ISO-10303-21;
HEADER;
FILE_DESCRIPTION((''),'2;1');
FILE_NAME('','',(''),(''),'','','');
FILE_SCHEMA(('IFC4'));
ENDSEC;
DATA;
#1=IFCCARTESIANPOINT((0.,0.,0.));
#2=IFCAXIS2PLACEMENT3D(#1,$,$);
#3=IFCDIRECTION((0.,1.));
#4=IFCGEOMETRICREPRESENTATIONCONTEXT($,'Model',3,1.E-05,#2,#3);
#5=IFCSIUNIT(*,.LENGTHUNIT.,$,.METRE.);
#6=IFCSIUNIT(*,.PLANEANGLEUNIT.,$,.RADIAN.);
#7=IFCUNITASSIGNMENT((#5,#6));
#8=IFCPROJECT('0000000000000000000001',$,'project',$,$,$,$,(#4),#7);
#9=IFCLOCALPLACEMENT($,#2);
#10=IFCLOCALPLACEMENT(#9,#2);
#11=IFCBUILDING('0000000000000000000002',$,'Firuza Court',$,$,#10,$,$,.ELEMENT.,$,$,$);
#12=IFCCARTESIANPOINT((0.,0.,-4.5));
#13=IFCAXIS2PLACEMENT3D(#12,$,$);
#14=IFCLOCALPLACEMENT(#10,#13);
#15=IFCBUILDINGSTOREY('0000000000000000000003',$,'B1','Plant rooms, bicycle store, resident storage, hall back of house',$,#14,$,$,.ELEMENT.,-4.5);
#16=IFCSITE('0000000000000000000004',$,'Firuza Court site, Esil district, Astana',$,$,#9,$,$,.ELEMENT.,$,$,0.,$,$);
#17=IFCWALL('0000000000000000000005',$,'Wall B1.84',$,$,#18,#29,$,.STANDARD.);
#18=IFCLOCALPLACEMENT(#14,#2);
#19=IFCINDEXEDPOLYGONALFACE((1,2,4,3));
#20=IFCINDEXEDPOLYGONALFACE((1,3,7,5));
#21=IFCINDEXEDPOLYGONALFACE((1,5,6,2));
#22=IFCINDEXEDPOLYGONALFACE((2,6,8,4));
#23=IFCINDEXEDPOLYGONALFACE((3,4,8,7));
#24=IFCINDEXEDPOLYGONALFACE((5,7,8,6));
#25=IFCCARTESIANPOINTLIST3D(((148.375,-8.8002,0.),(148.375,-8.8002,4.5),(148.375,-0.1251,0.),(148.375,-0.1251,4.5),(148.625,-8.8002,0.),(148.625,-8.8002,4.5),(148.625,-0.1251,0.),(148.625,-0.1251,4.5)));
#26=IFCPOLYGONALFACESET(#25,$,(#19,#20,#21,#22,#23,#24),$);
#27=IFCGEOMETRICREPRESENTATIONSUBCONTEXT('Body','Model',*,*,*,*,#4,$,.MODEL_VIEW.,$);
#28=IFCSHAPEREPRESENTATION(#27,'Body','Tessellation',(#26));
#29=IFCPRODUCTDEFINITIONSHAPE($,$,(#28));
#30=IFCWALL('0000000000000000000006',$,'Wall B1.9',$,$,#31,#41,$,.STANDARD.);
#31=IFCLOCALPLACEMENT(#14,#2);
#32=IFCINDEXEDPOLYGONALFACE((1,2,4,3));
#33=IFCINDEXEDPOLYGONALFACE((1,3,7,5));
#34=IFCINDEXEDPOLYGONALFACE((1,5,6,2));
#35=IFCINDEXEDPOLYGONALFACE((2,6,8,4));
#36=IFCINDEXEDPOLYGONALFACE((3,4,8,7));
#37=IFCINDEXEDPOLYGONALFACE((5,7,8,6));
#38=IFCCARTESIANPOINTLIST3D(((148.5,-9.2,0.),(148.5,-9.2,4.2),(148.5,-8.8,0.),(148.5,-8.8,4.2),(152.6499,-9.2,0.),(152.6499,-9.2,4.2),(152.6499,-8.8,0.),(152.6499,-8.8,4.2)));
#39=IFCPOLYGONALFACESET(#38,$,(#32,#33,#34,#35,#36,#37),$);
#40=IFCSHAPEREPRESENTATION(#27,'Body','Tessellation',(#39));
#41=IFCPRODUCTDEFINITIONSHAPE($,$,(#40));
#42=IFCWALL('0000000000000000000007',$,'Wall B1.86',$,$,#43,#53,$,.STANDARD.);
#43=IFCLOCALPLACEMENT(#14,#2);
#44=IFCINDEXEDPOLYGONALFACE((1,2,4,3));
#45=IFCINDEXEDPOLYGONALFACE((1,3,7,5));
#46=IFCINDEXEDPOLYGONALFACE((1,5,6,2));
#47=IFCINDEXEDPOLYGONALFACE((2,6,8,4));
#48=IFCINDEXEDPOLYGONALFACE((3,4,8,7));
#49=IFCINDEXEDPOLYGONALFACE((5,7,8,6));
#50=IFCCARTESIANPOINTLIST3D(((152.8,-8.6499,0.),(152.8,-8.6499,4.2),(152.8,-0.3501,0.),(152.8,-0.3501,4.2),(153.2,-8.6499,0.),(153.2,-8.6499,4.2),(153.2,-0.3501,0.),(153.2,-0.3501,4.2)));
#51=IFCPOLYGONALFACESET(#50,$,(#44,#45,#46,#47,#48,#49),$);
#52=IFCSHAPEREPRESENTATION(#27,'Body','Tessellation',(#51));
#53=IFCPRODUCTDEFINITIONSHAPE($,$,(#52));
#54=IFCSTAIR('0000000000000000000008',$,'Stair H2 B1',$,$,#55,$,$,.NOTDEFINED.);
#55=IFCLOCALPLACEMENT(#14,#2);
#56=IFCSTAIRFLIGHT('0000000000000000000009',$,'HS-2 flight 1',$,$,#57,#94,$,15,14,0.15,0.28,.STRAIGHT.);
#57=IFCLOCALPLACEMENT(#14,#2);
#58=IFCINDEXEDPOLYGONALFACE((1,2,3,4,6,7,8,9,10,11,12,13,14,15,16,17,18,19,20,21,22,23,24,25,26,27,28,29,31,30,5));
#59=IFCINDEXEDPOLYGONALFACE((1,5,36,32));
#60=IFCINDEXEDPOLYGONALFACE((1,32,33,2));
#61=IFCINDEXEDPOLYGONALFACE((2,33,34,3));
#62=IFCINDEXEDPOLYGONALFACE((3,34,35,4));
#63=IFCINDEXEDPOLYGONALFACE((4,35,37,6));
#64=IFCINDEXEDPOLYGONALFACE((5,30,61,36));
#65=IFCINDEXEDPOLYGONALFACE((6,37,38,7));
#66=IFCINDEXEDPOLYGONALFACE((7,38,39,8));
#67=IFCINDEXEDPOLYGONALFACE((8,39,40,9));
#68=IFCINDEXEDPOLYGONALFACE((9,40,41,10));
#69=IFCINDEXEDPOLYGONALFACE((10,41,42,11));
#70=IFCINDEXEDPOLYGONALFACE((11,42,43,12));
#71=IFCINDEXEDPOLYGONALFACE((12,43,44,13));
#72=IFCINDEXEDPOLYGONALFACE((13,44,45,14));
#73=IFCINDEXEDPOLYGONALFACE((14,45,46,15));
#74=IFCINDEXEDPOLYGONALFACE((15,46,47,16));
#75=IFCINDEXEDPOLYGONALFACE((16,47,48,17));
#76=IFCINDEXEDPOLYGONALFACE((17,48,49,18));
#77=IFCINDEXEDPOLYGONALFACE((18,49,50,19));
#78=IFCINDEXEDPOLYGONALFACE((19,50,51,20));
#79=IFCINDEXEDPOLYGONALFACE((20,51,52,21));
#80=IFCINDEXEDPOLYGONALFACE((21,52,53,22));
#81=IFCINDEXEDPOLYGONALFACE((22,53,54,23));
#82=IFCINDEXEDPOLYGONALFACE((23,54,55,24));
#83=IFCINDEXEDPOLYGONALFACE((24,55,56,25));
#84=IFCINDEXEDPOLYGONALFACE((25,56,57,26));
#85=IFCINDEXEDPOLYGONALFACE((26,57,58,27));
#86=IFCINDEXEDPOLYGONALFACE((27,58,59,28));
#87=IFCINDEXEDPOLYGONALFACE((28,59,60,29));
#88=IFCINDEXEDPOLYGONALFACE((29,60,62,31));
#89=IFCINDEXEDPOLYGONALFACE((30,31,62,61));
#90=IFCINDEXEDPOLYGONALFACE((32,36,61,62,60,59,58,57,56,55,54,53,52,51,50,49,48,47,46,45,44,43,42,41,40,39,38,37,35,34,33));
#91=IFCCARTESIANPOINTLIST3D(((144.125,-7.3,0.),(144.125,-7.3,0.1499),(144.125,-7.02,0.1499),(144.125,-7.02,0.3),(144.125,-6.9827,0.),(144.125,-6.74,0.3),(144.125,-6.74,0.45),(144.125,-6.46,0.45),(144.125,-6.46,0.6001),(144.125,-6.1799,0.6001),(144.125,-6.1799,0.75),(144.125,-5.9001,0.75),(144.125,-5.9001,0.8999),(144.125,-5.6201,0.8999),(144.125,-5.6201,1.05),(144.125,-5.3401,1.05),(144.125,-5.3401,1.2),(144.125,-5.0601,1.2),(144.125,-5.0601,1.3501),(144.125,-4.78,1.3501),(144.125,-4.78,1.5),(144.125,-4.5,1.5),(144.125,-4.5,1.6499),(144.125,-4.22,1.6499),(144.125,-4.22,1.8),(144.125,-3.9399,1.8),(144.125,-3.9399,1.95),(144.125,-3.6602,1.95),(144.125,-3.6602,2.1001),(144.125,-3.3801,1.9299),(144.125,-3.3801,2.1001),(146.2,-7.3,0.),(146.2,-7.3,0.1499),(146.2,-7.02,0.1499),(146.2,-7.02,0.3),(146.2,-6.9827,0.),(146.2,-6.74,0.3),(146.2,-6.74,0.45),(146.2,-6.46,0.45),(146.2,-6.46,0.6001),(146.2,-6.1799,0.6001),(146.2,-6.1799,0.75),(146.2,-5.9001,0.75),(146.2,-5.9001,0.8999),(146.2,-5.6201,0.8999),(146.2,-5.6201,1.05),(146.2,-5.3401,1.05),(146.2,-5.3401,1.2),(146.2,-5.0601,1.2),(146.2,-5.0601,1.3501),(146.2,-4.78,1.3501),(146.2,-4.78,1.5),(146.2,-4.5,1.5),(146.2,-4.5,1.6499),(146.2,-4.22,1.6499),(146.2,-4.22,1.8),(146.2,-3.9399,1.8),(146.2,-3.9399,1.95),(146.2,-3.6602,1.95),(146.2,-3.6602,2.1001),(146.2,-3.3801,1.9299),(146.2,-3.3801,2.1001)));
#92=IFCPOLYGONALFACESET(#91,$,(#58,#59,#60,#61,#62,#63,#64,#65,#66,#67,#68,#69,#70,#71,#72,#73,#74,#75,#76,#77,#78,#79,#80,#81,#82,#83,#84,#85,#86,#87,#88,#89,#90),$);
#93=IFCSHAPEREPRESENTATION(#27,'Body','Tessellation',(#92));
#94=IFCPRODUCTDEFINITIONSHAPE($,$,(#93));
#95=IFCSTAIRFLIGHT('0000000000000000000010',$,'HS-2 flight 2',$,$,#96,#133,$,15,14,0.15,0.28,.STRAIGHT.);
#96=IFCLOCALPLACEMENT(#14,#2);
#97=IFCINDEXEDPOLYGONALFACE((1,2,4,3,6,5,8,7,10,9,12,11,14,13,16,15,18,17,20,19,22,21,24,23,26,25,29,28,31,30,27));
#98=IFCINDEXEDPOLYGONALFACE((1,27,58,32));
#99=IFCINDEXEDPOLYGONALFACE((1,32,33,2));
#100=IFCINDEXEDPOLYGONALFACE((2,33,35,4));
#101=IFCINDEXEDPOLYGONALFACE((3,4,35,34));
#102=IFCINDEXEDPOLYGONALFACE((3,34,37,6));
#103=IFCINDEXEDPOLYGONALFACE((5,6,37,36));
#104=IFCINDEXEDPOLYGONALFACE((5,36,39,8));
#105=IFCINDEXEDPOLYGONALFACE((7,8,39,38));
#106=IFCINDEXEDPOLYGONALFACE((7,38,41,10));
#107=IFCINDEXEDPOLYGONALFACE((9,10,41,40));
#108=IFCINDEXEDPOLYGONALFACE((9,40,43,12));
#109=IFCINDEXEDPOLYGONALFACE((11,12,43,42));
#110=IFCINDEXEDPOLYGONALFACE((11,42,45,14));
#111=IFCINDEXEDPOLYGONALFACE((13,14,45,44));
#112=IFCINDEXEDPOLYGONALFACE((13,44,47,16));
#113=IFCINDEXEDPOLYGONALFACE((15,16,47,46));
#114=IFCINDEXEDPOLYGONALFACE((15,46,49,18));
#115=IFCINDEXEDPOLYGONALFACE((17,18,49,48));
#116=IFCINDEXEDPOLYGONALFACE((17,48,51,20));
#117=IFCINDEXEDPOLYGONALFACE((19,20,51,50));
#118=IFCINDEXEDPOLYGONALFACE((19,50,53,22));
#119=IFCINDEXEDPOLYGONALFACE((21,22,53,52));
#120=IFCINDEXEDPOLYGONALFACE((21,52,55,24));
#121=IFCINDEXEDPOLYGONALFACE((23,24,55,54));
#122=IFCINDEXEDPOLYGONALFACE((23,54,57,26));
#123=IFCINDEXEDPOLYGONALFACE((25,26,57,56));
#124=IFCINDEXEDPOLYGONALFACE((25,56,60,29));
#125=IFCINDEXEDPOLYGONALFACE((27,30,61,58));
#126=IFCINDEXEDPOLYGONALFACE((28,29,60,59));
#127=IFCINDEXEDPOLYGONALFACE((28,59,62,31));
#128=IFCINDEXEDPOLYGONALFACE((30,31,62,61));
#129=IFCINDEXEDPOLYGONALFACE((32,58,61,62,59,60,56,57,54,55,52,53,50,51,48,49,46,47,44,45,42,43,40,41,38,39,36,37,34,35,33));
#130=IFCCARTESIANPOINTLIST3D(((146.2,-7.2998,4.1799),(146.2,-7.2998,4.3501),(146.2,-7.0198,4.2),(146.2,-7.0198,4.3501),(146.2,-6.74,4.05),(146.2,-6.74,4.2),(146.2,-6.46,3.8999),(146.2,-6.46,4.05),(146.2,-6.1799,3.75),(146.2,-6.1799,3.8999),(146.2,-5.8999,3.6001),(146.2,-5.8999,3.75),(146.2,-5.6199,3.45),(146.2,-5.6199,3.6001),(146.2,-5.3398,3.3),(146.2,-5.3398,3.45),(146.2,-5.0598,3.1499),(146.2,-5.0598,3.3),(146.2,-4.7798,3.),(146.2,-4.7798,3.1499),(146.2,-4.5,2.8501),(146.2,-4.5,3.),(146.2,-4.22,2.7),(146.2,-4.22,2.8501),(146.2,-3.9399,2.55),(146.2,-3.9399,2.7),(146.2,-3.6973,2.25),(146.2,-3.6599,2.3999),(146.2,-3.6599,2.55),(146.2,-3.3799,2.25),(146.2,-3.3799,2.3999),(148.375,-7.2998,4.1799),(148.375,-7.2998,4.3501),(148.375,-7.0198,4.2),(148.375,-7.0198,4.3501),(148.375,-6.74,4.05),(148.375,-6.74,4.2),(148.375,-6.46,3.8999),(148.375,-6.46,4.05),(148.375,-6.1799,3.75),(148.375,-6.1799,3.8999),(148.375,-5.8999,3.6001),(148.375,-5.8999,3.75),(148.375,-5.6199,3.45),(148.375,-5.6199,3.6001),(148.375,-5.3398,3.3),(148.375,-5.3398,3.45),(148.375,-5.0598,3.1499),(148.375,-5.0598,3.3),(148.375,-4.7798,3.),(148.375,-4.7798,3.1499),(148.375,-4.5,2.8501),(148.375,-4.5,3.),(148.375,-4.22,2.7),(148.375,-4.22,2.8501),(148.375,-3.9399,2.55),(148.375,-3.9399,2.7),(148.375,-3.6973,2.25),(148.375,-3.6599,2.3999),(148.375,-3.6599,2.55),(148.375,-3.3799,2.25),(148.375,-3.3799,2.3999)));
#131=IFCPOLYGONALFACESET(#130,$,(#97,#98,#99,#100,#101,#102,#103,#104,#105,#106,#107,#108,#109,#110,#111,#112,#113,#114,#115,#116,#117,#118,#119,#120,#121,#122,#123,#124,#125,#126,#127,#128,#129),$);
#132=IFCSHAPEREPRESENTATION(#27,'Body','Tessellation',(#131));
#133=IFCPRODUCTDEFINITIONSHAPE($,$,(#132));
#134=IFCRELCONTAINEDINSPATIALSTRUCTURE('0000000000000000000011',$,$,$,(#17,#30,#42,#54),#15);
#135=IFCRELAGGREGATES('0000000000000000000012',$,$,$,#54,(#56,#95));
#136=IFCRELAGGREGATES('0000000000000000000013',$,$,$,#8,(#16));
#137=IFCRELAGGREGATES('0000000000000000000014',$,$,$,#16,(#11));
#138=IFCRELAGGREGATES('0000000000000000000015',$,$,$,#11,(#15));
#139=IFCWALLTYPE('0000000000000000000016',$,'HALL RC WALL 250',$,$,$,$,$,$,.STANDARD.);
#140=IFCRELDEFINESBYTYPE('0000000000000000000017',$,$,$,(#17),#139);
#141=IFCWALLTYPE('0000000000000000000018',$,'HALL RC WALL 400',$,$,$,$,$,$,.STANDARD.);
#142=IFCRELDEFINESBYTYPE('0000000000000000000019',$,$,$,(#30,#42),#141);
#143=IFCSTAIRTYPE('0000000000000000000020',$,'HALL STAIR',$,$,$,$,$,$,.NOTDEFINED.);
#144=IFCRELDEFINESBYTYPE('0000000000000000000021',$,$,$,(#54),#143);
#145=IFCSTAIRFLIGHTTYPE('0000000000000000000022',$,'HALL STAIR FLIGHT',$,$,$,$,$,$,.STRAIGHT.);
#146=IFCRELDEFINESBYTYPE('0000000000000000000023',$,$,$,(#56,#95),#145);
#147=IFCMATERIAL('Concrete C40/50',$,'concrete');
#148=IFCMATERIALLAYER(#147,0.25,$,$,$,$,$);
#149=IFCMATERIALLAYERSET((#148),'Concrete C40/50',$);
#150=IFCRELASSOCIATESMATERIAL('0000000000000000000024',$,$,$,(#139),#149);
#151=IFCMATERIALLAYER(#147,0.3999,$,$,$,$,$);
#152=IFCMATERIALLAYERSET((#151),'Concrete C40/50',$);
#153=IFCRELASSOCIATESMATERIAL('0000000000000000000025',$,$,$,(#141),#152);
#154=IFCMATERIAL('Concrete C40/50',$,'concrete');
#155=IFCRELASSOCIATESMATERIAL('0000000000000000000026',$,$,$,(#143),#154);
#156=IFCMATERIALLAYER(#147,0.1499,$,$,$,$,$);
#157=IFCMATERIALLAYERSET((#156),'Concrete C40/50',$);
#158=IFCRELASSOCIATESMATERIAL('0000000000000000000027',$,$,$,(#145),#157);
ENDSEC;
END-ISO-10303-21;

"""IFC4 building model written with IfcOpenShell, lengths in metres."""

from ifc_helpers import new_model, si_unit, direction, frame, frame_2d, origin, place, context, subcontext, project, spatial, polyline, rectangle, outline, extrude, material, layer, layer_set, type_object, element, aggregate, save


model = new_model("IFC4")

# Units and contexts
model_context = context("Model", 3, precision=1e-05, world=origin(), true_north=direction((0.0, 1.0)))
body_context = subcontext(model_context, "Body", "Model", "MODEL_VIEW")
ifc_project = project(units=[si_unit("LENGTHUNIT", "METRE"), si_unit("PLANEANGLEUNIT", "RADIAN")], contexts=[model_context])

# Site, building, storey
site_placement = place(None, origin())
site = spatial("IfcSite", under=ifc_project, at=site_placement, Name="Firuza Court site, Esil district, Astana", CompositionType="ELEMENT", RefElevation=0.0)
building_placement = place(site_placement, origin())
building = spatial("IfcBuilding", under=site, at=building_placement, Name="Firuza Court", CompositionType="ELEMENT")
storey_placement = place(building_placement, frame((0.0, 0.0, -4.5)))
storey = spatial("IfcBuildingStorey", under=building, at=storey_placement, Name="B1", Description="Plant rooms, bicycle store, resident storage, hall back of house", CompositionType="ELEMENT", Elevation=-4.5)

# Shared definitions
ifc_material_1 = material(Name="Concrete C40/50", Category="concrete")

# Walls
ifc_layer_1 = layer(ifc_material_1, 0.25)
ifc_layer_set_1 = layer_set([ifc_layer_1], Name="Concrete C40/50")
wall_type_1 = type_object("IfcWallType", Name="HALL RC WALL 250", PredefinedType="STANDARD", material=ifc_layer_set_1)
wall_1_placement = place(storey_placement, frame((148.5, -8.8, 0.0), z_axis=(0.0, 0.0, 1.0), x_axis=(0.0, 1.0, 0.0)))
element("IfcWall", 1, at=wall_1_placement, inside=storey, type_object=wall_type_1, Name="Wall B1.84", PredefinedType="STANDARD", context=body_context, shape_type="SweptSolid", body=[
    extrude(rectangle(XDim=8.675, YDim=0.25, at=frame_2d((4.3374, 0.0))), origin(), (0.0, 0.0, 1.0), 4.5),
])
ifc_layer_2 = layer(ifc_material_1, 0.3999)
ifc_layer_set_2 = layer_set([ifc_layer_2], Name="Concrete C40/50")
wall_type_2 = type_object("IfcWallType", Name="HALL RC WALL 400", PredefinedType="STANDARD", material=ifc_layer_set_2)
wall_2_placement = place(storey_placement, frame((148.5, -9.0, 0.0), z_axis=(0.0, 0.0, 1.0), x_axis=(1.0, 0.0, 0.0)))
element("IfcWall", 2, at=wall_2_placement, inside=storey, type_object=wall_type_2, Name="Wall B1.9", PredefinedType="STANDARD", context=body_context, shape_type="SweptSolid", body=[
    extrude(rectangle(XDim=4.1499, YDim=0.3999, at=frame_2d((2.075, 0.0))), origin(), (0.0, 0.0, 1.0), 4.2),
])
wall_3_placement = place(storey_placement, frame((153.0, -8.6499, 0.0), z_axis=(0.0, 0.0, 1.0), x_axis=(0.0, 1.0, 0.0)))
element("IfcWall", 3, at=wall_3_placement, inside=storey, type_object=wall_type_2, Name="Wall B1.86", PredefinedType="STANDARD", context=body_context, shape_type="SweptSolid", body=[
    extrude(rectangle(XDim=8.2998, YDim=0.3999, at=frame_2d((4.1499, 0.0))), origin(), (0.0, 0.0, 1.0), 4.2),
])

# Stair, stair flights
ifc_material_2 = material(Name="Concrete C40/50", Category="concrete")
stair_type = type_object("IfcStairType", Name="HALL STAIR", PredefinedType="NOTDEFINED", material=ifc_material_2)
stair_placement = place(storey_placement, origin())
stair = element("IfcStair", 4, at=stair_placement, inside=storey, type_object=stair_type, Name="Stair H2 B1", PredefinedType="NOTDEFINED")
ifc_layer_3 = layer(ifc_material_1, 0.1499)
ifc_layer_set_3 = layer_set([ifc_layer_3], Name="Concrete C40/50")
stair_flight_type = type_object("IfcStairFlightType", Name="HALL STAIR FLIGHT", PredefinedType="STRAIGHT", material=ifc_layer_set_3)
stair_flight_1_placement = place(storey_placement, frame((145.1626, -7.3, 0.0), z_axis=(0.0, 0.0, 1.0), x_axis=(0.0, 1.0, 0.0)))
stair_flight_1 = element("IfcStairFlight", 5, at=stair_flight_1_placement, type_object=stair_flight_type, Name="HS-2 flight 1", NumberOfRisers=15, NumberOfTreads=14, PredefinedType="STRAIGHT", RiserHeight=0.15, TreadLength=0.28, context=body_context, shape_type="SweptSolid", body=[
    extrude(outline(polyline([(0.0, 0.0), (0.0, 0.1499), (0.28, 0.1499), (0.28, 0.3), (0.5601, 0.3), (0.5601, 0.45), (0.8401, 0.45), (0.8401, 0.6001), (1.1201, 0.6001), (1.1201, 0.75), (1.3999, 0.75), (1.3999, 0.8999), (1.6799, 0.8999), (1.6799, 1.05), (1.96, 1.05), (1.96, 1.2), (2.24, 1.2), (2.24, 1.3501), (2.52, 1.3501), (2.52, 1.5), (2.8, 1.5), (2.8, 1.6499), (3.0801, 1.6499), (3.0801, 1.8), (3.3601, 1.8), (3.3601, 1.95), (3.6399, 1.95), (3.6399, 2.1001), (3.9199, 2.1001), (3.9199, 2.25), (3.9199, 1.9299), (0.3174, 0.0), (0.0, 0.0)])), frame((0.0, 1.0376, 0.0), z_axis=(0.0, -1.0, 0.0), x_axis=(1.0, 0.0, 0.0)), (0.0, 0.0, 1.0), 2.075),
])
stair_flight_2_placement = place(storey_placement, frame((147.2876, -3.3799, 2.25), z_axis=(0.0, 0.0, 1.0), x_axis=(0.0, -1.0, 0.0)))
stair_flight_2 = element("IfcStairFlight", 6, at=stair_flight_2_placement, type_object=stair_flight_type, Name="HS-2 flight 2", NumberOfRisers=15, NumberOfTreads=14, PredefinedType="STRAIGHT", RiserHeight=0.15, TreadLength=0.28, context=body_context, shape_type="SweptSolid", body=[
    extrude(outline(polyline([(0.0, 0.0), (0.0, 0.1499), (0.28, 0.1499), (0.28, 0.3), (0.5601, 0.3), (0.5601, 0.45), (0.8401, 0.45), (0.8401, 0.6001), (1.1201, 0.6001), (1.1201, 0.75), (1.3999, 0.75), (1.3999, 0.8999), (1.6799, 0.8999), (1.6799, 1.05), (1.96, 1.05), (1.96, 1.2), (2.24, 1.2), (2.24, 1.3501), (2.52, 1.3501), (2.52, 1.5), (2.8, 1.5), (2.8, 1.6499), (3.0801, 1.6499), (3.0801, 1.8), (3.3601, 1.8), (3.3601, 1.95), (3.6399, 1.95), (3.6399, 2.1001), (3.9199, 2.1001), (3.9199, 2.25), (3.9199, 1.9299), (0.3174, 0.0), (0.0, 0.0)])), frame((0.0, 1.0874, 0.0), z_axis=(0.0, -1.0, 0.0), x_axis=(1.0, 0.0, 0.0)), (0.0, 0.0, 1.0), 2.175),
])
aggregate(stair, [stair_flight_1, stair_flight_2])

save(model, "model.ifc")
